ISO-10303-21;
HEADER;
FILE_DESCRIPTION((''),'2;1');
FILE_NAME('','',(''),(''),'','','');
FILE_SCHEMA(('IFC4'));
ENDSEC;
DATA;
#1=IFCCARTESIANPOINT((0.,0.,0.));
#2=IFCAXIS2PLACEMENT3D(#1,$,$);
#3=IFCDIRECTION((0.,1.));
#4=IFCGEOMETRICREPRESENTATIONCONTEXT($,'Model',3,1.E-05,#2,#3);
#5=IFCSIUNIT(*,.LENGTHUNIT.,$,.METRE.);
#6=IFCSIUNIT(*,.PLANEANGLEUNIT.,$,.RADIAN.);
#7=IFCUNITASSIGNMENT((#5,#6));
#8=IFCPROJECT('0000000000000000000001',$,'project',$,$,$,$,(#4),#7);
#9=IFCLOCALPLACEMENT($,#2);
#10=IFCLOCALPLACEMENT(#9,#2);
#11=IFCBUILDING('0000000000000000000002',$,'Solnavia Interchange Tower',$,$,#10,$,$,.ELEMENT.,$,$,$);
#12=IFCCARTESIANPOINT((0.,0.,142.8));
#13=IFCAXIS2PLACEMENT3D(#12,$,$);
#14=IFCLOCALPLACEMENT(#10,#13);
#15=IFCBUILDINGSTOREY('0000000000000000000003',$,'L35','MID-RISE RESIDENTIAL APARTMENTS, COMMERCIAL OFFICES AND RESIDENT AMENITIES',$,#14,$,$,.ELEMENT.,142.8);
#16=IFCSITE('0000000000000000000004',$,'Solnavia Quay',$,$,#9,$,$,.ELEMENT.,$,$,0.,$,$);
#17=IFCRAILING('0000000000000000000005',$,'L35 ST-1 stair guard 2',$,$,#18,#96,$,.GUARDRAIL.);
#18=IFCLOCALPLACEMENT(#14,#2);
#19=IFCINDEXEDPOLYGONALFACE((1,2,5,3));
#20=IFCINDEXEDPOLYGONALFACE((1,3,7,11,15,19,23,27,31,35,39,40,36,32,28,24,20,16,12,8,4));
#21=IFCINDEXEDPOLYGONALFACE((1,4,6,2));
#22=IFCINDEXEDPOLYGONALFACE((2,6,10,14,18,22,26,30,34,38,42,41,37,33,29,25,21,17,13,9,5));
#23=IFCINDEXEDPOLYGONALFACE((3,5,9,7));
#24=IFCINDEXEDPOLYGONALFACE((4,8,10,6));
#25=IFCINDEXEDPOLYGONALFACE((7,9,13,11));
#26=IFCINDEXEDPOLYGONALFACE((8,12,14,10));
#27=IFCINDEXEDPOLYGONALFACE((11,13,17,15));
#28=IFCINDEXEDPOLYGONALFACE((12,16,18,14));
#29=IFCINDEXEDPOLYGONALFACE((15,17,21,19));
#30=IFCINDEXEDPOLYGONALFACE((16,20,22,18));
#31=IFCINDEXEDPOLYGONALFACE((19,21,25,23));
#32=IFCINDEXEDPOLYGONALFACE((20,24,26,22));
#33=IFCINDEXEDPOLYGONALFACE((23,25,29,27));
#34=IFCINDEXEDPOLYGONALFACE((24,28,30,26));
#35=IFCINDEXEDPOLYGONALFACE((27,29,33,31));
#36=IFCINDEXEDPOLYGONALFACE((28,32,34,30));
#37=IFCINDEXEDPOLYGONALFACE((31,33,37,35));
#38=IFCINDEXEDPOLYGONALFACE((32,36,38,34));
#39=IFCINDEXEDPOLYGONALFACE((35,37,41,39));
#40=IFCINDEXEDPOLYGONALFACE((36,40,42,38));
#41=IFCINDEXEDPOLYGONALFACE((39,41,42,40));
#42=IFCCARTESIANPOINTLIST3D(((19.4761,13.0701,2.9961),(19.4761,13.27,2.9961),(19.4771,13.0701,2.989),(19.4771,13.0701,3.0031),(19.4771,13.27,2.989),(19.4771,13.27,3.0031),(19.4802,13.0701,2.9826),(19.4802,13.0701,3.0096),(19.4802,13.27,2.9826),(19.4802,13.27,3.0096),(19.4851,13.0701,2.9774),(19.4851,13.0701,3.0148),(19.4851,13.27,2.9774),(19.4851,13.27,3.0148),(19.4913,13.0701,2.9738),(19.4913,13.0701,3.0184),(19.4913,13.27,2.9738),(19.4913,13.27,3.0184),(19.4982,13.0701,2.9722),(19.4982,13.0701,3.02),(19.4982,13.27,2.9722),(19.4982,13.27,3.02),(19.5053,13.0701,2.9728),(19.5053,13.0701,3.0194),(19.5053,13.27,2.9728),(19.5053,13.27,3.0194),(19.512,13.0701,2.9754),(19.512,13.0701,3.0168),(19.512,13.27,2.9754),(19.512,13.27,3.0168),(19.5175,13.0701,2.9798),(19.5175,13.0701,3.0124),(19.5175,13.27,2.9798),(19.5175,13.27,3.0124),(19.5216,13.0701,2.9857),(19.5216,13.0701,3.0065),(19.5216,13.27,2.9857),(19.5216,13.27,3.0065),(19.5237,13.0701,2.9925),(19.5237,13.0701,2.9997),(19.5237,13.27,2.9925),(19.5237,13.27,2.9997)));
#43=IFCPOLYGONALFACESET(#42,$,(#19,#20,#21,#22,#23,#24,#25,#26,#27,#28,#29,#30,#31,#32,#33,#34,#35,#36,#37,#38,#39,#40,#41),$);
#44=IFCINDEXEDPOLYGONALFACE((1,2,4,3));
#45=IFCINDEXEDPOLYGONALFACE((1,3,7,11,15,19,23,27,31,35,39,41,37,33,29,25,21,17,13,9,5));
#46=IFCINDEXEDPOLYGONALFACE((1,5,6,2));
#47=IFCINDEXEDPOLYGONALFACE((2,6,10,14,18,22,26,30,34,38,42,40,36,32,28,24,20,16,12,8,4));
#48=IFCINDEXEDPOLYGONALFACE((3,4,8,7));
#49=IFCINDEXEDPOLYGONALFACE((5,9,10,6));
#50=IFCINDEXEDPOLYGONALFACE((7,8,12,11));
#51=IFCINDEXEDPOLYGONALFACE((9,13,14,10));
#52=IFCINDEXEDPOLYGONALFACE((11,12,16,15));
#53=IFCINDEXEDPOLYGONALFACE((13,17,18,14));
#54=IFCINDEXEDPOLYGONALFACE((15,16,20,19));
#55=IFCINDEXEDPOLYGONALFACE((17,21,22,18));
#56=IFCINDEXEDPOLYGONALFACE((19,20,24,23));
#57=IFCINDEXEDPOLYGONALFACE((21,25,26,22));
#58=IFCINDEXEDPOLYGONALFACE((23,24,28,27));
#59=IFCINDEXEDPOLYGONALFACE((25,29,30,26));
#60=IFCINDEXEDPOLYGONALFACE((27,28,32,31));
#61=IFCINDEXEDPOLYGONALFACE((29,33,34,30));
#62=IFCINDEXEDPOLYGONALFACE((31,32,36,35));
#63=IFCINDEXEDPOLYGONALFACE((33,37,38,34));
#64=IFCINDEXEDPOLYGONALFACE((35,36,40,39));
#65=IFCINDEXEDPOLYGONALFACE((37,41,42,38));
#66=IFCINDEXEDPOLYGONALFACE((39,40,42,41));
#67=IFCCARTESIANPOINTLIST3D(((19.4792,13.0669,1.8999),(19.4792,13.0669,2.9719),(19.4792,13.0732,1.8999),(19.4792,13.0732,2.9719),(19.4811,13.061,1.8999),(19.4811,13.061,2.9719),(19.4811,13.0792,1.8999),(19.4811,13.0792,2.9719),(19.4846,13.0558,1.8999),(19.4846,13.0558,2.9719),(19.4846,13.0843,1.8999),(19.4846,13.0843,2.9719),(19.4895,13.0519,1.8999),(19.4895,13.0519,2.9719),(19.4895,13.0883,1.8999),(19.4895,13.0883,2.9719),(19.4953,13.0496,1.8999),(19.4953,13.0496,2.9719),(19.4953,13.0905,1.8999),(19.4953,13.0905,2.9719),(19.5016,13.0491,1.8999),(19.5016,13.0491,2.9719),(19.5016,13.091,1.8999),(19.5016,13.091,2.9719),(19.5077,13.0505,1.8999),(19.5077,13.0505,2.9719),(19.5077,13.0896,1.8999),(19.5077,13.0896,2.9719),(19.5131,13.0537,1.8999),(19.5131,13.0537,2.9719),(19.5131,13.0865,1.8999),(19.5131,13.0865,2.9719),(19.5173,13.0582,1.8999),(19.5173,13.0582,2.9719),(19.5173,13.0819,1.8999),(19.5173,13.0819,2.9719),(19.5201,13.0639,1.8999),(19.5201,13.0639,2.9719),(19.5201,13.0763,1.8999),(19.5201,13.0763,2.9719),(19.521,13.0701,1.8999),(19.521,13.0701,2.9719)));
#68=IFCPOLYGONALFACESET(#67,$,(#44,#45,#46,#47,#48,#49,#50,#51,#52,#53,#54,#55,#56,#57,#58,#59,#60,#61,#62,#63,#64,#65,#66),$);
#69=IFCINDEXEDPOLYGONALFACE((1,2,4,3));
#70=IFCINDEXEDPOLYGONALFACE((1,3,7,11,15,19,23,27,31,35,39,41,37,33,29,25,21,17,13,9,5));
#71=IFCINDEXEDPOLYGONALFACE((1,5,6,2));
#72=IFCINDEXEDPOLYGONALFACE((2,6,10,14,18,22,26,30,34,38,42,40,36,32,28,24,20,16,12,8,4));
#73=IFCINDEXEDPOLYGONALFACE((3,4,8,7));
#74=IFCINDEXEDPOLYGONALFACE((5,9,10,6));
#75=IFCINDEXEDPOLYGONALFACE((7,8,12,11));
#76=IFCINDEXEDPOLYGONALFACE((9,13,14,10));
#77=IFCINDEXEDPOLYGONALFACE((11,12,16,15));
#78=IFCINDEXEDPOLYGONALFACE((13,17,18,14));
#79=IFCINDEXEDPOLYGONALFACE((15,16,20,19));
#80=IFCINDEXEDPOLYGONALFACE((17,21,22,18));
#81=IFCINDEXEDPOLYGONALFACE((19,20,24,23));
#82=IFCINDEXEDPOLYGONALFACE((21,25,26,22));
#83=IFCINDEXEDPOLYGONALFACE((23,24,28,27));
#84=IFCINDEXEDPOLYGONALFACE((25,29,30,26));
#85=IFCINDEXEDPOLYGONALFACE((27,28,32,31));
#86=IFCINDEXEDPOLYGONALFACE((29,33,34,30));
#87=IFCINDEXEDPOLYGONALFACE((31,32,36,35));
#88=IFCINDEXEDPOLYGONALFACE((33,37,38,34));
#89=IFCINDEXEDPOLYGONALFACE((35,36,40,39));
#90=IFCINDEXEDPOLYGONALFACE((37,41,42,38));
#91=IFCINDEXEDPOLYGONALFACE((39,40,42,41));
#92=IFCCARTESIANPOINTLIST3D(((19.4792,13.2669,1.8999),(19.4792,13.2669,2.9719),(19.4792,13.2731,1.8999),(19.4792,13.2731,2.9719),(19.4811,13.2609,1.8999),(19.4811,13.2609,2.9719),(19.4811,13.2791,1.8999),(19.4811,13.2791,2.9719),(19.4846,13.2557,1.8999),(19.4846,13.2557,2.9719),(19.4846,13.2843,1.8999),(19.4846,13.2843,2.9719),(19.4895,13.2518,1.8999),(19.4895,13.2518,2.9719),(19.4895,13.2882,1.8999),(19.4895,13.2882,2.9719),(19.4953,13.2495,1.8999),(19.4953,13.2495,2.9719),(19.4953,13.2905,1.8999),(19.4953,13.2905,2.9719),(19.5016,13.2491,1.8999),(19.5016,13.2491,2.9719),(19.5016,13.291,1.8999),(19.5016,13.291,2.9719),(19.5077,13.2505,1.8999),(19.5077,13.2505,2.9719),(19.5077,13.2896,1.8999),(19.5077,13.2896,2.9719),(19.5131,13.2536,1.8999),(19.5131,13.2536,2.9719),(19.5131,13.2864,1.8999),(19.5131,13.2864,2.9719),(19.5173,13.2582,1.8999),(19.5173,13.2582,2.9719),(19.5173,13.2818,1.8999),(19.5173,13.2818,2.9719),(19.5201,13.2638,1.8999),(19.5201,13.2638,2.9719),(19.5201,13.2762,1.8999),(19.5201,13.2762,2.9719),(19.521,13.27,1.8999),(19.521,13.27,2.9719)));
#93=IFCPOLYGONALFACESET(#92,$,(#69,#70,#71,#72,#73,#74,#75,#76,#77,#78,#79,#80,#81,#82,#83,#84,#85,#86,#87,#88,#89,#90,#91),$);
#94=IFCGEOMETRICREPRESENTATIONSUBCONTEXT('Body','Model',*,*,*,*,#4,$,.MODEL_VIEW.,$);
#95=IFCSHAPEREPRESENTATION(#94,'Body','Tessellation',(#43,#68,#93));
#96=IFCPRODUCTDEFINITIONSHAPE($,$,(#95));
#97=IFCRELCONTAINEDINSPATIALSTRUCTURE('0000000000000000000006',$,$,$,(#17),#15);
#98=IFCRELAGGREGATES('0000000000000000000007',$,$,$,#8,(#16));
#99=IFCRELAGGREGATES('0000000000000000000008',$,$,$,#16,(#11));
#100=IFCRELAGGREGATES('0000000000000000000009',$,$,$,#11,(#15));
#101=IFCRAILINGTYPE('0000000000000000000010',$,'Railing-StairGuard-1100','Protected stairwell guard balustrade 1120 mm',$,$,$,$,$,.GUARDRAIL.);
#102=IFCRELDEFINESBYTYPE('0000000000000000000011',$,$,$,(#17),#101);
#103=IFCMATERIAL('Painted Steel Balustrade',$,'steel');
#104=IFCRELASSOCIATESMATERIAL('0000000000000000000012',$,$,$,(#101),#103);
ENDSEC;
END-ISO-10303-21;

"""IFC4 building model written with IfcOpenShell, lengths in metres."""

from ifc_helpers import new_model, si_unit, direction, frame, origin, origin_2d, place, context, subcontext, project, spatial, circle, extrude, material, type_object, element, save


model = new_model("IFC4")

# Units and contexts
model_context = context("Model", 3, precision=1e-05, world=origin(), true_north=direction((0.0, 1.0)))
body_context = subcontext(model_context, "Body", "Model", "MODEL_VIEW")
ifc_project = project(units=[si_unit("LENGTHUNIT", "METRE"), si_unit("PLANEANGLEUNIT", "RADIAN")], contexts=[model_context])

# Site, building, storey
site_placement = place(None, origin())
site = spatial("IfcSite", under=ifc_project, at=site_placement, Name="Solnavia Quay", CompositionType="ELEMENT", RefElevation=0.0)
building_placement = place(site_placement, origin())
building = spatial("IfcBuilding", under=site, at=building_placement, Name="Solnavia Interchange Tower", CompositionType="ELEMENT")
storey_placement = place(building_placement, frame((0.0, 0.0, 142.8)))
storey = spatial("IfcBuildingStorey", under=building, at=storey_placement, Name="L35", Description="MID-RISE RESIDENTIAL APARTMENTS, COMMERCIAL OFFICES AND RESIDENT AMENITIES", CompositionType="ELEMENT", Elevation=142.8)

# Railing
ifc_material_1 = material(Name="Painted Steel Balustrade", Category="steel")
railing_type_1 = type_object("IfcRailingType", Name="Railing-StairGuard-1100", Description="Protected stairwell guard balustrade 1120 mm", PredefinedType="GUARDRAIL", material=ifc_material_1)
railing_1_placement = place(storey_placement, frame((19.5, 13.0701, 1.8999)))
element("IfcRailing", 1, at=railing_1_placement, inside=storey, type_object=railing_type_1, Name="L35 ST-1 stair guard 2", PredefinedType="GUARDRAIL", context=body_context, shape_type="SweptSolid", body=[
    extrude(circle(Radius=0.0239, at=origin_2d()), frame((0.0, 0.0, 1.0962), z_axis=(0.0, 1.0, 0.0), x_axis=(-1.0, 0.0, 0.0)), (0.0, 0.0, 1.0), 0.2),
    extrude(circle(Radius=0.021, at=origin_2d()), origin(), (0.0, 0.0, 1.0), 1.072),
    extrude(circle(Radius=0.021, at=origin_2d()), frame((0.0, 0.2, 0.0)), (0.0, 0.0, 1.0), 1.072),
])

save(model, "model.ifc")
